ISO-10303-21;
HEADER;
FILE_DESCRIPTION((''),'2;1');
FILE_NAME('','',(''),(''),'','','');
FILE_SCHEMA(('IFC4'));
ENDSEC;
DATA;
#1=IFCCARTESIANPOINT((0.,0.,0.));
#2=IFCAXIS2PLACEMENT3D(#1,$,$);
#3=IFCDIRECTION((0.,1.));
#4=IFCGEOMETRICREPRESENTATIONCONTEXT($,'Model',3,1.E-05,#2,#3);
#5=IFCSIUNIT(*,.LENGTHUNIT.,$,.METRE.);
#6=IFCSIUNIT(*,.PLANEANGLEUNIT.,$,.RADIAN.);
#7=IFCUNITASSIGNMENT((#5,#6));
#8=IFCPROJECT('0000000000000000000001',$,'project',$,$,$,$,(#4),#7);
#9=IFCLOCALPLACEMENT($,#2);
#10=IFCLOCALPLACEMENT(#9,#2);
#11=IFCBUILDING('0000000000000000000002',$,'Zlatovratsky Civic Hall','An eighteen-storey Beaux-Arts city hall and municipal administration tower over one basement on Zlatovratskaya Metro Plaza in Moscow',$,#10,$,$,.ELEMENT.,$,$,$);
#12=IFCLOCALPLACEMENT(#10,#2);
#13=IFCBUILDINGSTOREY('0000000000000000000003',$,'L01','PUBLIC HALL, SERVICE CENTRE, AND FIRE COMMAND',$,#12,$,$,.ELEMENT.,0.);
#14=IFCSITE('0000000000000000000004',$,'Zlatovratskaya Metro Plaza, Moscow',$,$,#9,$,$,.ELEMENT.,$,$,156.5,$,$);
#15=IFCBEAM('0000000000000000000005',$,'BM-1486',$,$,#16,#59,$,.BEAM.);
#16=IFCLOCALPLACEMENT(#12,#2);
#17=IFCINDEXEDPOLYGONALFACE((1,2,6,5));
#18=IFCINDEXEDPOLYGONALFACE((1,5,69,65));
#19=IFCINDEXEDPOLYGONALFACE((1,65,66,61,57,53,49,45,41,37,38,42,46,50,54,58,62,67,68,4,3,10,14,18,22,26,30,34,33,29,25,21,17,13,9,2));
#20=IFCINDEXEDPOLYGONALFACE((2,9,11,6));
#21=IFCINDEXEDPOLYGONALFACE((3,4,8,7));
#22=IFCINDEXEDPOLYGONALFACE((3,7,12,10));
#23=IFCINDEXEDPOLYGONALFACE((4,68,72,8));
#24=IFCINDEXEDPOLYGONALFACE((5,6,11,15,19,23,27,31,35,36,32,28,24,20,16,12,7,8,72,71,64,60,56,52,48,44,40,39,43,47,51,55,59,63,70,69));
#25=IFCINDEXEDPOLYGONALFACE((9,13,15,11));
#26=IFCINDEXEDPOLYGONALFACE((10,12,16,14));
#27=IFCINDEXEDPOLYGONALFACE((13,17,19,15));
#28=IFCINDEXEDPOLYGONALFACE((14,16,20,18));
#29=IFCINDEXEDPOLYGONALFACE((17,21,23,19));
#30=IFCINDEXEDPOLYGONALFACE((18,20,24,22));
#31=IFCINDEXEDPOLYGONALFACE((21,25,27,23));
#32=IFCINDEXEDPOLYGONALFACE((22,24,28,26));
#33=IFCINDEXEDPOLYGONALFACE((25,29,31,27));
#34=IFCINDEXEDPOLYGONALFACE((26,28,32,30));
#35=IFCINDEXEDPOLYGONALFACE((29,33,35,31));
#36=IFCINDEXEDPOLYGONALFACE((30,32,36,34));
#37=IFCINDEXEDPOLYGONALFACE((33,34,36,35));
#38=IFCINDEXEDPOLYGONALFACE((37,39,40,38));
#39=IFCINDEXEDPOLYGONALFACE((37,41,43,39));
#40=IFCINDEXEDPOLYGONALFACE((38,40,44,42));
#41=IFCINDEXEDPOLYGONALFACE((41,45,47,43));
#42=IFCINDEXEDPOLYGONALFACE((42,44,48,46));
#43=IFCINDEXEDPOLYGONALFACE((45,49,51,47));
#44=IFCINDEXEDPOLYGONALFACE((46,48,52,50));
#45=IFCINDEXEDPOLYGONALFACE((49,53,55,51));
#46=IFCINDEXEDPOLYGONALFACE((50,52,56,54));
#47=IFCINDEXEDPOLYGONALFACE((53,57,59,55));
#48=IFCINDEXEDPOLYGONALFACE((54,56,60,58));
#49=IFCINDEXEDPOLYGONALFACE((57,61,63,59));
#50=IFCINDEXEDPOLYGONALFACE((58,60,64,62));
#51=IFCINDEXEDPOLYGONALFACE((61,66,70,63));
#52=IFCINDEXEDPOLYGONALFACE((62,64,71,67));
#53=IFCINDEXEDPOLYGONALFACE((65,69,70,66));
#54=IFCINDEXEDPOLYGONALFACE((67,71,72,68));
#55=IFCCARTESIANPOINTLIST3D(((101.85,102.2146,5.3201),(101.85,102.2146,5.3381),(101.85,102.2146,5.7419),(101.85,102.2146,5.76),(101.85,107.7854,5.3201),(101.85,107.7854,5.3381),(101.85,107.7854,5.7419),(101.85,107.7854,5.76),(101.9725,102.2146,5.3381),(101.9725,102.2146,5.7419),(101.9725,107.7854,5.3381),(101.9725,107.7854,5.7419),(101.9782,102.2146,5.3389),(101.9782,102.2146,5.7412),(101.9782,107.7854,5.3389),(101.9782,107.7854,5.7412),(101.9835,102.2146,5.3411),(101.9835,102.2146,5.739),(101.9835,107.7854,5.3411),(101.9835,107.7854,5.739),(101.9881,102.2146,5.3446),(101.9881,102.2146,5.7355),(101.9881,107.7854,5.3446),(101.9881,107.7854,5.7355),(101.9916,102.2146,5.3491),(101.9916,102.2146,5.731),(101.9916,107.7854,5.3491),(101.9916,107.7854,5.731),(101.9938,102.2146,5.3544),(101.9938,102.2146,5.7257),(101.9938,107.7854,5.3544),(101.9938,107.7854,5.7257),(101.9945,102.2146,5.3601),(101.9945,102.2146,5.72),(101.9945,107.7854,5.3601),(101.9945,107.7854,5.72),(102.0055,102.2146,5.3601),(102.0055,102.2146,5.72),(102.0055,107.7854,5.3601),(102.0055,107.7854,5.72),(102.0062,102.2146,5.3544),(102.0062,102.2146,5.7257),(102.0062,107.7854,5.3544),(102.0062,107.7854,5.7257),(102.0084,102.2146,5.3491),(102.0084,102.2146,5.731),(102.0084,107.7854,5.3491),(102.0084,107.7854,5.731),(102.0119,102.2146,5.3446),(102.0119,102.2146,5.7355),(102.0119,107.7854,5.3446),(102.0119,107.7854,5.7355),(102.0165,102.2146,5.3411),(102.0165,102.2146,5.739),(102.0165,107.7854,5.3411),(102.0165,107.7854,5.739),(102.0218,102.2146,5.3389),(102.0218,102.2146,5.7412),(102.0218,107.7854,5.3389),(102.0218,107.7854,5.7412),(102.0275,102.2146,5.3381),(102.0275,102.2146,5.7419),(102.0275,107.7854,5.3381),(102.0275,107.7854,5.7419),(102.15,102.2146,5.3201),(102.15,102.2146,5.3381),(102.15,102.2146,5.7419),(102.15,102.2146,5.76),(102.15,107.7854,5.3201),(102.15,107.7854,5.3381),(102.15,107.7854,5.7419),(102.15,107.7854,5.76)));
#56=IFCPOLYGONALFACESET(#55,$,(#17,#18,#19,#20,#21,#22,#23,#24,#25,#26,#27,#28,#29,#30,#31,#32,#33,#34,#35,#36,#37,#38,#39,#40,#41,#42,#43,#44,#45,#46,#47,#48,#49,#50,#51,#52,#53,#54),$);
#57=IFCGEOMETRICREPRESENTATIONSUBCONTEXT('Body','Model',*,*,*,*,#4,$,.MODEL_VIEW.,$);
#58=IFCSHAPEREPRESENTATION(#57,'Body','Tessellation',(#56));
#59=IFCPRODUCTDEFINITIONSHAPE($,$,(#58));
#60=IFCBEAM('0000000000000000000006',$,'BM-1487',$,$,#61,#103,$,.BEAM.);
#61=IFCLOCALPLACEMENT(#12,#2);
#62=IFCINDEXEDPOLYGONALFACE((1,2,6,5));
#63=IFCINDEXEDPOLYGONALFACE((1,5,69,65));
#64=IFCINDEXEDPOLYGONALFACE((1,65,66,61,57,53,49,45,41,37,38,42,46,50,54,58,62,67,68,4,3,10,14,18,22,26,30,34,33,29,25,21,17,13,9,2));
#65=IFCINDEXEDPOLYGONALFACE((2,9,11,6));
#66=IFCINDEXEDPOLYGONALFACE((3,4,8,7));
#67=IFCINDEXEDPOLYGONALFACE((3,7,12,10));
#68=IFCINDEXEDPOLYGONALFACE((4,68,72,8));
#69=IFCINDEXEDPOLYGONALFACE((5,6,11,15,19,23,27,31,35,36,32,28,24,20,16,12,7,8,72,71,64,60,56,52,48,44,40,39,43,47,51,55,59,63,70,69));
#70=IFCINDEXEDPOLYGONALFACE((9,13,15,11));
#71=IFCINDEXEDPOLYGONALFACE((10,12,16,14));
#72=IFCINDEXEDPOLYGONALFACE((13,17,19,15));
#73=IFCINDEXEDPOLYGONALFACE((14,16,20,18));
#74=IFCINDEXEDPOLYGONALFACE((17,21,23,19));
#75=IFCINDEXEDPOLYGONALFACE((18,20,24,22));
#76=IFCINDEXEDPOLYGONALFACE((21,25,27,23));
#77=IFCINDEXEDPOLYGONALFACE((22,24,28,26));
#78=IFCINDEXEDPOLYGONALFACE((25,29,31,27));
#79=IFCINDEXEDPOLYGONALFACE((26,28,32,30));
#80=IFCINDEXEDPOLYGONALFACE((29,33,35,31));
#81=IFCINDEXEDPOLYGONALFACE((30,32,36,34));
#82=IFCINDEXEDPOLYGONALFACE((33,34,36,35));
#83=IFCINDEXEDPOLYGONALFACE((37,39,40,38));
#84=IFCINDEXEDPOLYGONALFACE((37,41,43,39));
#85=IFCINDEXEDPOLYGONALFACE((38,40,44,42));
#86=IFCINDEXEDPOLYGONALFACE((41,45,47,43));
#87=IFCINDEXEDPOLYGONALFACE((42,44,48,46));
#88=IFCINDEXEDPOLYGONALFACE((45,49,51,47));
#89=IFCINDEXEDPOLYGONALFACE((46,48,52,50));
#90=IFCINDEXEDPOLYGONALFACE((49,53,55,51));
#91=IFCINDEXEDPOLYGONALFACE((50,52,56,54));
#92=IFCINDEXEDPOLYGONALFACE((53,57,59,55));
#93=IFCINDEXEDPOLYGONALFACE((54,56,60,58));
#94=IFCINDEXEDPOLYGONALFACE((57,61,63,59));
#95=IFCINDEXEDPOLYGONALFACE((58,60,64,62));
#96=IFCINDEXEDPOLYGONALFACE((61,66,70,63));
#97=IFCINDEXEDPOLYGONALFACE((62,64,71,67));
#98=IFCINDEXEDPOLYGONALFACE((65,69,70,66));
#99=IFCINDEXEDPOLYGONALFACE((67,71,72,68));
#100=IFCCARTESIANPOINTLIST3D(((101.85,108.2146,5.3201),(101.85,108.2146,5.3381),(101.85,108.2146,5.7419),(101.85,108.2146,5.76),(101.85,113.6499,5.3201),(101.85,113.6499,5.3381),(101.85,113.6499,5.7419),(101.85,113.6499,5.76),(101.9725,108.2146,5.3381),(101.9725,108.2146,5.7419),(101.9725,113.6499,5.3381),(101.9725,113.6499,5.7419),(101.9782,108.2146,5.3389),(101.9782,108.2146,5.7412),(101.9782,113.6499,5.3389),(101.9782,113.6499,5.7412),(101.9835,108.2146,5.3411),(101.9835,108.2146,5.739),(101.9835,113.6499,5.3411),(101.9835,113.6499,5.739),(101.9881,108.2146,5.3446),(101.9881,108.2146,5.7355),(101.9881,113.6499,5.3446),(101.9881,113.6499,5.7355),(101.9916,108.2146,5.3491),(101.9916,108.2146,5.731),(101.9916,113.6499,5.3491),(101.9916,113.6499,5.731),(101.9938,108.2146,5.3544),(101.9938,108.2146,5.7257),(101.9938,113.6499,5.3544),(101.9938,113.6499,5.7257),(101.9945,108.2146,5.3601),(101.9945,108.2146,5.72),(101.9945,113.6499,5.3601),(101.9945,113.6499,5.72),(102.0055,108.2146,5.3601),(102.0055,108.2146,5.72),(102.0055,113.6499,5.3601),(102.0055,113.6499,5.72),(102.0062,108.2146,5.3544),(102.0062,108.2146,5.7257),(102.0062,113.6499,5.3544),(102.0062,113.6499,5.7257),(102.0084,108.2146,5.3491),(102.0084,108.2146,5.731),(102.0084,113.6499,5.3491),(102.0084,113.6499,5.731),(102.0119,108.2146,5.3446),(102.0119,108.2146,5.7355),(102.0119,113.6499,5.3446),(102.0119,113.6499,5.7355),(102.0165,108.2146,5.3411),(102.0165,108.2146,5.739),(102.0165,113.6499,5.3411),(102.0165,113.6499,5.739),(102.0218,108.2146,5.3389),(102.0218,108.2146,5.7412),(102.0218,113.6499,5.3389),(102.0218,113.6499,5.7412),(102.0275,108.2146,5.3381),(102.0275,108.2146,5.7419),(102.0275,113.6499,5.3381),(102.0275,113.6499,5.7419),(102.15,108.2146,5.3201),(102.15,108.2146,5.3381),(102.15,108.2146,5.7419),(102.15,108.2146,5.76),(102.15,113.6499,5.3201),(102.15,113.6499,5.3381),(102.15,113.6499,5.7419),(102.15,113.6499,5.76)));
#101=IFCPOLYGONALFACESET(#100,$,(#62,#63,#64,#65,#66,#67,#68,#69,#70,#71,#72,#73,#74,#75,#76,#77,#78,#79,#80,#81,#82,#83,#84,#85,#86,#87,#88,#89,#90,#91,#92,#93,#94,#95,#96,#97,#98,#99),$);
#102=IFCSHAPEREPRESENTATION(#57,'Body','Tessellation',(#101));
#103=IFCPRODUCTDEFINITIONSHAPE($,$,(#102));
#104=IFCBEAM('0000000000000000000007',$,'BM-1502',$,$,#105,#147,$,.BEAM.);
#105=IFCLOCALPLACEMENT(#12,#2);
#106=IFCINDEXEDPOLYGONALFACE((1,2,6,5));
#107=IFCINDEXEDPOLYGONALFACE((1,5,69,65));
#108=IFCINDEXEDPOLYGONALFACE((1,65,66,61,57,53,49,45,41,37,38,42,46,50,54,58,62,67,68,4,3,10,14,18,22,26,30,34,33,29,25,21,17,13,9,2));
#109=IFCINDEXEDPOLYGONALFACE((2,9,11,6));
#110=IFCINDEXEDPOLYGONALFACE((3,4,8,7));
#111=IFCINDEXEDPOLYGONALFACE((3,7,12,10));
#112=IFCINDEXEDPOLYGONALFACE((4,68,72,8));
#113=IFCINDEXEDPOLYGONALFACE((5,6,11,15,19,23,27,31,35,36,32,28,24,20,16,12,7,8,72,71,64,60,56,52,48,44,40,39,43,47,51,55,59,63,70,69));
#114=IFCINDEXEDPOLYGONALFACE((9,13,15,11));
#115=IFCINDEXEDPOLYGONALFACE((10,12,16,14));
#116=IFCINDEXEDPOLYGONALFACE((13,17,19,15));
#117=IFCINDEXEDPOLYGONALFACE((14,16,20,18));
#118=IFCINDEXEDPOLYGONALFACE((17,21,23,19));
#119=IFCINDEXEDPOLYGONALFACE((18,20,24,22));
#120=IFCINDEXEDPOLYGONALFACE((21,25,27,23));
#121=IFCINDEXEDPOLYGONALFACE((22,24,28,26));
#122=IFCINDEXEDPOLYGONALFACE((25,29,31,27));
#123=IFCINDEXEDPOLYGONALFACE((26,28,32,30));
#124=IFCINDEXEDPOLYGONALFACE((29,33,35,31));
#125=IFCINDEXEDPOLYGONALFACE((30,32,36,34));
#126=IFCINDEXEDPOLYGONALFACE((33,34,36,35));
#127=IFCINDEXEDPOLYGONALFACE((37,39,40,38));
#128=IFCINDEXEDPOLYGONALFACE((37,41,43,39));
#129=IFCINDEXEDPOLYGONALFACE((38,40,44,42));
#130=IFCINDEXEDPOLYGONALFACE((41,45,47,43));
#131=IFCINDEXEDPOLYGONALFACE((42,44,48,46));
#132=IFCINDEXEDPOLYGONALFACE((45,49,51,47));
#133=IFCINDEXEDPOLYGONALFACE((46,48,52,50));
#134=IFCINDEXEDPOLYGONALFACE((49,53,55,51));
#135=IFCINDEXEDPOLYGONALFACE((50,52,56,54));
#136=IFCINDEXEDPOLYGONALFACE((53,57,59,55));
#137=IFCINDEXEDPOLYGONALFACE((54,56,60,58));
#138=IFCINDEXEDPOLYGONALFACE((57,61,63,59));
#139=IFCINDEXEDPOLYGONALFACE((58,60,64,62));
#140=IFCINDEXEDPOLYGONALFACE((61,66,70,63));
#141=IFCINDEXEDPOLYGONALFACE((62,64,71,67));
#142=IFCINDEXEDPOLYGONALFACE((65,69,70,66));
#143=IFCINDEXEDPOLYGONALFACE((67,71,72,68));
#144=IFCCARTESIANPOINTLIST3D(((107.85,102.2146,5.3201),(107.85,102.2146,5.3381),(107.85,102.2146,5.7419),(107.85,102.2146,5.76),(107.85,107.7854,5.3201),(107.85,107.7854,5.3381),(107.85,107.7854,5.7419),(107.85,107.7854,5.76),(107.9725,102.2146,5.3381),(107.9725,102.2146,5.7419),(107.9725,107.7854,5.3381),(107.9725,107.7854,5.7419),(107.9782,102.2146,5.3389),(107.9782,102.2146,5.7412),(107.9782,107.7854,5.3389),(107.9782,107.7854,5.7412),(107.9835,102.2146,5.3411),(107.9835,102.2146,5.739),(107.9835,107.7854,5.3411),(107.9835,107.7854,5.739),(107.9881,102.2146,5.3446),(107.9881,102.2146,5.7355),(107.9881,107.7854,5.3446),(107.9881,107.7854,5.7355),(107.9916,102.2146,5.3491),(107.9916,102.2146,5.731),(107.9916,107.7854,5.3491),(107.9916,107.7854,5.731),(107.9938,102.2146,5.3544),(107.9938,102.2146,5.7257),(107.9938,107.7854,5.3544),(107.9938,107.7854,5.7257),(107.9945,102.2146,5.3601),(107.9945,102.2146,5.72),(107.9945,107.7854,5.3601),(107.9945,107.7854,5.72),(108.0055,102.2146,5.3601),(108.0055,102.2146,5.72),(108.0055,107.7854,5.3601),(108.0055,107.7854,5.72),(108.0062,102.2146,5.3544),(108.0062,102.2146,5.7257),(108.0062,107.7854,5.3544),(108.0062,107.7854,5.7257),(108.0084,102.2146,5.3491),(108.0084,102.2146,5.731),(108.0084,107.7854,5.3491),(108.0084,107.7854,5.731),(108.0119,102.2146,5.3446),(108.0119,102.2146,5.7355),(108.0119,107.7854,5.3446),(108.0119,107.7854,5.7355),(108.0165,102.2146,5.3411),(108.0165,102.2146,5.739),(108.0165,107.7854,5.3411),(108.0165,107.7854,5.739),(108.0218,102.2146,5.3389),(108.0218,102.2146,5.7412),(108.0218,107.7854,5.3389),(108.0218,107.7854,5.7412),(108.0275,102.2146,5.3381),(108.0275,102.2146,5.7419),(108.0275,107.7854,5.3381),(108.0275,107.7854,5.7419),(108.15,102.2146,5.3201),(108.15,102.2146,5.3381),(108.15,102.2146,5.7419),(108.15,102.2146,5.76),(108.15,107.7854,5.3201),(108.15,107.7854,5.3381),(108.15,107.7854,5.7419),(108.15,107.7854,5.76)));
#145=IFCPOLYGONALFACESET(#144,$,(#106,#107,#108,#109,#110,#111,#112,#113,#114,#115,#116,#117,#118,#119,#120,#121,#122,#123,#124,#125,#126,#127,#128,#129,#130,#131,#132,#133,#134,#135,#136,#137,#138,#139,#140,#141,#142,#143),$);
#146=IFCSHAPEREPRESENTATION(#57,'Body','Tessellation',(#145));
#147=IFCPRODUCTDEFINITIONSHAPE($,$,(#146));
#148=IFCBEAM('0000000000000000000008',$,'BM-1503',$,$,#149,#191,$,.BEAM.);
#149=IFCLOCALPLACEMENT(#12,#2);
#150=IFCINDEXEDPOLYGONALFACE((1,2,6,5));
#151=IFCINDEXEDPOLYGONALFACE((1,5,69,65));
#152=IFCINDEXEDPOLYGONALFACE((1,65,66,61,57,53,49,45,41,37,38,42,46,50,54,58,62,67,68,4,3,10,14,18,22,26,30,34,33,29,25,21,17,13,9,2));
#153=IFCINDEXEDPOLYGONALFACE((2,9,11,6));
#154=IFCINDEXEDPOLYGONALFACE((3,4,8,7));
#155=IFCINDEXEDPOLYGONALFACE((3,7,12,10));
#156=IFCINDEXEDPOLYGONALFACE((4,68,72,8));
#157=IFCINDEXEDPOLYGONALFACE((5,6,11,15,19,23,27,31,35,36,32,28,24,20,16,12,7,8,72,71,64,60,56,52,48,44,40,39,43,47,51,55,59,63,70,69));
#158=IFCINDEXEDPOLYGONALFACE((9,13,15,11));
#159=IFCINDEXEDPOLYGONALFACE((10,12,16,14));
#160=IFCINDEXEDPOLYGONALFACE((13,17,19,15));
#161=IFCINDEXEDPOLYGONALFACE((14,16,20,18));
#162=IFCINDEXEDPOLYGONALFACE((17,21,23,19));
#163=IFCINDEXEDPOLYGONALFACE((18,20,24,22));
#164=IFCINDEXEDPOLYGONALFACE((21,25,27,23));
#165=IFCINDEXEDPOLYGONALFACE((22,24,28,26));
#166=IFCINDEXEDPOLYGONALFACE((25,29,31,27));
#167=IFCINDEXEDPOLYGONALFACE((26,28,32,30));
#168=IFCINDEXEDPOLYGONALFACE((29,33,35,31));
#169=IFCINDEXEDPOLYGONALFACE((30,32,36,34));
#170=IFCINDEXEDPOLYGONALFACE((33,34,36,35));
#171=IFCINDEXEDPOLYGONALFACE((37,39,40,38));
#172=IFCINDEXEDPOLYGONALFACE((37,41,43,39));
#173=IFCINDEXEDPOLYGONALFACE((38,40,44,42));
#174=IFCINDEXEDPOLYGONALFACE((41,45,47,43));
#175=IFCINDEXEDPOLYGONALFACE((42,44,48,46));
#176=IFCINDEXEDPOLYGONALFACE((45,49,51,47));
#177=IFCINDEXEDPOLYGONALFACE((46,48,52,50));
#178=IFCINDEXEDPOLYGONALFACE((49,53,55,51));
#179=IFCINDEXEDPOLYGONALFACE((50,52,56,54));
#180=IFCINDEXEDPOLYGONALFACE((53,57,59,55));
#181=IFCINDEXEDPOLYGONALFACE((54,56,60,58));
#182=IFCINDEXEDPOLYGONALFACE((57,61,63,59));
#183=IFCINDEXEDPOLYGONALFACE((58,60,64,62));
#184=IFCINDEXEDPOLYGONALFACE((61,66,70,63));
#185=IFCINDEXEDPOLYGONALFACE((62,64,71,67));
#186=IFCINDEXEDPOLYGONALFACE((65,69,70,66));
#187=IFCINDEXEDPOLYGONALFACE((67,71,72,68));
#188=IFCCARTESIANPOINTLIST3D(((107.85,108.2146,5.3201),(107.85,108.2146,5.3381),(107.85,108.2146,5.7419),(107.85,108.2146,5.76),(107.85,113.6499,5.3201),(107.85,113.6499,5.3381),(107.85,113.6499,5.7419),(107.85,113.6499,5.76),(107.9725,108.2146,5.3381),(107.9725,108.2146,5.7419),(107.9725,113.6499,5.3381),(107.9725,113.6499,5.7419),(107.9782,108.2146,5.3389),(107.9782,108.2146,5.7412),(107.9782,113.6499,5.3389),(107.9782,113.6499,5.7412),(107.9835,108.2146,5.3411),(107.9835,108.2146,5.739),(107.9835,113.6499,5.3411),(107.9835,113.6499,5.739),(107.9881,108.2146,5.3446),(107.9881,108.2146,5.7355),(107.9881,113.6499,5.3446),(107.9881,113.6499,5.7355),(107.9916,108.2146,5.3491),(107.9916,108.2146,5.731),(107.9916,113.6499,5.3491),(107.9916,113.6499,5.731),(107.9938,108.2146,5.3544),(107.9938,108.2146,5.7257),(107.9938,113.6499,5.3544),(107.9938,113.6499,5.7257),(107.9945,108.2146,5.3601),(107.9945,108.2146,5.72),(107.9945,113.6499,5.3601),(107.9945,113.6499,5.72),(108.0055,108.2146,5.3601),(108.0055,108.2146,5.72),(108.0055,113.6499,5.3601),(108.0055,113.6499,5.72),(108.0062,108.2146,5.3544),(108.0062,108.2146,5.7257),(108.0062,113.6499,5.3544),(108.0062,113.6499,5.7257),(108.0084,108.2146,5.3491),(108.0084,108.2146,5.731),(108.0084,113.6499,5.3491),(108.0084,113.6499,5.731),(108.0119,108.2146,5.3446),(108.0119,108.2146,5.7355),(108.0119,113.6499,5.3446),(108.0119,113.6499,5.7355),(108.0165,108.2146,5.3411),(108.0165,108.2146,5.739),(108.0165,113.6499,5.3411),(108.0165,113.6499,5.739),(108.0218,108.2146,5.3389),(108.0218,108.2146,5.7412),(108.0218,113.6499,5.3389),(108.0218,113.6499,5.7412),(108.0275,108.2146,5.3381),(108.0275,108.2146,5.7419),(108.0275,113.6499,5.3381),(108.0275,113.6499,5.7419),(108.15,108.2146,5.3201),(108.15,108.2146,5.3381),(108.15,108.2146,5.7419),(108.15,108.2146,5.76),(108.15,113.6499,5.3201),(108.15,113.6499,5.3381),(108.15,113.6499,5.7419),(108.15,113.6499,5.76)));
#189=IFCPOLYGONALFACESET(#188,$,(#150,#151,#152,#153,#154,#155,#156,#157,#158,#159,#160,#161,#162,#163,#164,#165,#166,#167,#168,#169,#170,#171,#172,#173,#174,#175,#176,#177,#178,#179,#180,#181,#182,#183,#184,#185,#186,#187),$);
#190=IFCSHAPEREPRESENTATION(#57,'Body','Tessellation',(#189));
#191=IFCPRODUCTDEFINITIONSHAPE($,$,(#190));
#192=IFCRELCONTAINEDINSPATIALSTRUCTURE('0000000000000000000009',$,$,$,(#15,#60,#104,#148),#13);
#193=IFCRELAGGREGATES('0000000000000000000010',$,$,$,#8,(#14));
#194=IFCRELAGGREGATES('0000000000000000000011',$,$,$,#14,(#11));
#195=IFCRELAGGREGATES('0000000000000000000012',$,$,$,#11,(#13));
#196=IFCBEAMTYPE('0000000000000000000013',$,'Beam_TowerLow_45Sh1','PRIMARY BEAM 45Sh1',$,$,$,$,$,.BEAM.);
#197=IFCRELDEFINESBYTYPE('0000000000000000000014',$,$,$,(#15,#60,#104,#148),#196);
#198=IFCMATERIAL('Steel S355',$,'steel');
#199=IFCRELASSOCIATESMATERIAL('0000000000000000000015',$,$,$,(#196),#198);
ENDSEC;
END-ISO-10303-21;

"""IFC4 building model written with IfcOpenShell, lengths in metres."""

from ifc_helpers import new_model, si_unit, direction, frame, origin, origin_2d, place, context, subcontext, project, spatial, i_section, extrude, material, material_profile, profile_set, type_object, element, save


model = new_model("IFC4")

# Units and contexts
model_context = context("Model", 3, precision=1e-05, world=origin(), true_north=direction((0.0, 1.0)))
body_context = subcontext(model_context, "Body", "Model", "MODEL_VIEW")
ifc_project = project(units=[si_unit("LENGTHUNIT", "METRE"), si_unit("PLANEANGLEUNIT", "RADIAN")], contexts=[model_context])

# Site, building, storey
site_placement = place(None, origin())
site = spatial("IfcSite", under=ifc_project, at=site_placement, Name="Zlatovratskaya Metro Plaza, Moscow", CompositionType="ELEMENT", RefElevation=156.5)
building_placement = place(site_placement, origin())
building = spatial("IfcBuilding", under=site, at=building_placement, Name="Zlatovratsky Civic Hall", Description="An eighteen-storey Beaux-Arts city hall and municipal administration tower over one basement on Zlatovratskaya Metro Plaza in Moscow", CompositionType="ELEMENT")
storey_placement = place(building_placement, origin())
storey = spatial("IfcBuildingStorey", under=building, at=storey_placement, Name="L01", Description="PUBLIC HALL, SERVICE CENTRE, AND FIRE COMMAND", CompositionType="ELEMENT", Elevation=0.0)

# Shared definitions
ifc_material_1 = material(Name="Steel S355", Category="steel")

# Beams
ifc_material_profile_1 = material_profile(ifc_material_1, i_section(OverallWidth=0.3, OverallDepth=0.4399, WebThickness=0.011, FlangeThickness=0.0181, FilletRadius=0.022, at=origin_2d()), Name="45Sh1")
ifc_profile_set_1 = profile_set([ifc_material_profile_1], Name="Steel S355")
beam_type_1 = type_object("IfcBeamType", Name="Beam_TowerLow_45Sh1", Description="PRIMARY BEAM 45Sh1", PredefinedType="BEAM", material=ifc_profile_set_1)
beam_1_placement = place(storey_placement, frame((102.0, 102.2146, 5.54), z_axis=(0.0, 1.0, 0.0), x_axis=(-1.0, 0.0, 0.0)))
element("IfcBeam", 1, at=beam_1_placement, inside=storey, type_object=beam_type_1, Name="BM-1486", PredefinedType="BEAM", context=body_context, shape_type="SweptSolid", body=[
    extrude(i_section(OverallWidth=0.3, OverallDepth=0.4399, WebThickness=0.011, FlangeThickness=0.0181, FilletRadius=0.022, at=origin_2d()), origin(), (0.0, 0.0, 1.0), 5.5708),
])
beam_2_placement = place(storey_placement, frame((102.0, 108.2146, 5.54), z_axis=(0.0, 1.0, 0.0), x_axis=(-1.0, 0.0, 0.0)))
element("IfcBeam", 2, at=beam_2_placement, inside=storey, type_object=beam_type_1, Name="BM-1487", PredefinedType="BEAM", context=body_context, shape_type="SweptSolid", body=[
    extrude(i_section(OverallWidth=0.3, OverallDepth=0.4399, WebThickness=0.011, FlangeThickness=0.0181, FilletRadius=0.022, at=origin_2d()), origin(), (0.0, 0.0, 1.0), 5.4353),
])
beam_3_placement = place(storey_placement, frame((108.0, 102.2146, 5.54), z_axis=(0.0, 1.0, 0.0), x_axis=(-1.0, 0.0, 0.0)))
element("IfcBeam", 3, at=beam_3_placement, inside=storey, type_object=beam_type_1, Name="BM-1502", PredefinedType="BEAM", context=body_context, shape_type="SweptSolid", body=[
    extrude(i_section(OverallWidth=0.3, OverallDepth=0.4399, WebThickness=0.011, FlangeThickness=0.0181, FilletRadius=0.022, at=origin_2d()), origin(), (0.0, 0.0, 1.0), 5.5708),
])
beam_4_placement = place(storey_placement, frame((108.0, 108.2146, 5.54), z_axis=(0.0, 1.0, 0.0), x_axis=(-1.0, 0.0, 0.0)))
element("IfcBeam", 4, at=beam_4_placement, inside=storey, type_object=beam_type_1, Name="BM-1503", PredefinedType="BEAM", context=body_context, shape_type="SweptSolid", body=[
    extrude(i_section(OverallWidth=0.3, OverallDepth=0.4399, WebThickness=0.011, FlangeThickness=0.0181, FilletRadius=0.022, at=origin_2d()), origin(), (0.0, 0.0, 1.0), 5.4353),
])

save(model, "model.ifc")
